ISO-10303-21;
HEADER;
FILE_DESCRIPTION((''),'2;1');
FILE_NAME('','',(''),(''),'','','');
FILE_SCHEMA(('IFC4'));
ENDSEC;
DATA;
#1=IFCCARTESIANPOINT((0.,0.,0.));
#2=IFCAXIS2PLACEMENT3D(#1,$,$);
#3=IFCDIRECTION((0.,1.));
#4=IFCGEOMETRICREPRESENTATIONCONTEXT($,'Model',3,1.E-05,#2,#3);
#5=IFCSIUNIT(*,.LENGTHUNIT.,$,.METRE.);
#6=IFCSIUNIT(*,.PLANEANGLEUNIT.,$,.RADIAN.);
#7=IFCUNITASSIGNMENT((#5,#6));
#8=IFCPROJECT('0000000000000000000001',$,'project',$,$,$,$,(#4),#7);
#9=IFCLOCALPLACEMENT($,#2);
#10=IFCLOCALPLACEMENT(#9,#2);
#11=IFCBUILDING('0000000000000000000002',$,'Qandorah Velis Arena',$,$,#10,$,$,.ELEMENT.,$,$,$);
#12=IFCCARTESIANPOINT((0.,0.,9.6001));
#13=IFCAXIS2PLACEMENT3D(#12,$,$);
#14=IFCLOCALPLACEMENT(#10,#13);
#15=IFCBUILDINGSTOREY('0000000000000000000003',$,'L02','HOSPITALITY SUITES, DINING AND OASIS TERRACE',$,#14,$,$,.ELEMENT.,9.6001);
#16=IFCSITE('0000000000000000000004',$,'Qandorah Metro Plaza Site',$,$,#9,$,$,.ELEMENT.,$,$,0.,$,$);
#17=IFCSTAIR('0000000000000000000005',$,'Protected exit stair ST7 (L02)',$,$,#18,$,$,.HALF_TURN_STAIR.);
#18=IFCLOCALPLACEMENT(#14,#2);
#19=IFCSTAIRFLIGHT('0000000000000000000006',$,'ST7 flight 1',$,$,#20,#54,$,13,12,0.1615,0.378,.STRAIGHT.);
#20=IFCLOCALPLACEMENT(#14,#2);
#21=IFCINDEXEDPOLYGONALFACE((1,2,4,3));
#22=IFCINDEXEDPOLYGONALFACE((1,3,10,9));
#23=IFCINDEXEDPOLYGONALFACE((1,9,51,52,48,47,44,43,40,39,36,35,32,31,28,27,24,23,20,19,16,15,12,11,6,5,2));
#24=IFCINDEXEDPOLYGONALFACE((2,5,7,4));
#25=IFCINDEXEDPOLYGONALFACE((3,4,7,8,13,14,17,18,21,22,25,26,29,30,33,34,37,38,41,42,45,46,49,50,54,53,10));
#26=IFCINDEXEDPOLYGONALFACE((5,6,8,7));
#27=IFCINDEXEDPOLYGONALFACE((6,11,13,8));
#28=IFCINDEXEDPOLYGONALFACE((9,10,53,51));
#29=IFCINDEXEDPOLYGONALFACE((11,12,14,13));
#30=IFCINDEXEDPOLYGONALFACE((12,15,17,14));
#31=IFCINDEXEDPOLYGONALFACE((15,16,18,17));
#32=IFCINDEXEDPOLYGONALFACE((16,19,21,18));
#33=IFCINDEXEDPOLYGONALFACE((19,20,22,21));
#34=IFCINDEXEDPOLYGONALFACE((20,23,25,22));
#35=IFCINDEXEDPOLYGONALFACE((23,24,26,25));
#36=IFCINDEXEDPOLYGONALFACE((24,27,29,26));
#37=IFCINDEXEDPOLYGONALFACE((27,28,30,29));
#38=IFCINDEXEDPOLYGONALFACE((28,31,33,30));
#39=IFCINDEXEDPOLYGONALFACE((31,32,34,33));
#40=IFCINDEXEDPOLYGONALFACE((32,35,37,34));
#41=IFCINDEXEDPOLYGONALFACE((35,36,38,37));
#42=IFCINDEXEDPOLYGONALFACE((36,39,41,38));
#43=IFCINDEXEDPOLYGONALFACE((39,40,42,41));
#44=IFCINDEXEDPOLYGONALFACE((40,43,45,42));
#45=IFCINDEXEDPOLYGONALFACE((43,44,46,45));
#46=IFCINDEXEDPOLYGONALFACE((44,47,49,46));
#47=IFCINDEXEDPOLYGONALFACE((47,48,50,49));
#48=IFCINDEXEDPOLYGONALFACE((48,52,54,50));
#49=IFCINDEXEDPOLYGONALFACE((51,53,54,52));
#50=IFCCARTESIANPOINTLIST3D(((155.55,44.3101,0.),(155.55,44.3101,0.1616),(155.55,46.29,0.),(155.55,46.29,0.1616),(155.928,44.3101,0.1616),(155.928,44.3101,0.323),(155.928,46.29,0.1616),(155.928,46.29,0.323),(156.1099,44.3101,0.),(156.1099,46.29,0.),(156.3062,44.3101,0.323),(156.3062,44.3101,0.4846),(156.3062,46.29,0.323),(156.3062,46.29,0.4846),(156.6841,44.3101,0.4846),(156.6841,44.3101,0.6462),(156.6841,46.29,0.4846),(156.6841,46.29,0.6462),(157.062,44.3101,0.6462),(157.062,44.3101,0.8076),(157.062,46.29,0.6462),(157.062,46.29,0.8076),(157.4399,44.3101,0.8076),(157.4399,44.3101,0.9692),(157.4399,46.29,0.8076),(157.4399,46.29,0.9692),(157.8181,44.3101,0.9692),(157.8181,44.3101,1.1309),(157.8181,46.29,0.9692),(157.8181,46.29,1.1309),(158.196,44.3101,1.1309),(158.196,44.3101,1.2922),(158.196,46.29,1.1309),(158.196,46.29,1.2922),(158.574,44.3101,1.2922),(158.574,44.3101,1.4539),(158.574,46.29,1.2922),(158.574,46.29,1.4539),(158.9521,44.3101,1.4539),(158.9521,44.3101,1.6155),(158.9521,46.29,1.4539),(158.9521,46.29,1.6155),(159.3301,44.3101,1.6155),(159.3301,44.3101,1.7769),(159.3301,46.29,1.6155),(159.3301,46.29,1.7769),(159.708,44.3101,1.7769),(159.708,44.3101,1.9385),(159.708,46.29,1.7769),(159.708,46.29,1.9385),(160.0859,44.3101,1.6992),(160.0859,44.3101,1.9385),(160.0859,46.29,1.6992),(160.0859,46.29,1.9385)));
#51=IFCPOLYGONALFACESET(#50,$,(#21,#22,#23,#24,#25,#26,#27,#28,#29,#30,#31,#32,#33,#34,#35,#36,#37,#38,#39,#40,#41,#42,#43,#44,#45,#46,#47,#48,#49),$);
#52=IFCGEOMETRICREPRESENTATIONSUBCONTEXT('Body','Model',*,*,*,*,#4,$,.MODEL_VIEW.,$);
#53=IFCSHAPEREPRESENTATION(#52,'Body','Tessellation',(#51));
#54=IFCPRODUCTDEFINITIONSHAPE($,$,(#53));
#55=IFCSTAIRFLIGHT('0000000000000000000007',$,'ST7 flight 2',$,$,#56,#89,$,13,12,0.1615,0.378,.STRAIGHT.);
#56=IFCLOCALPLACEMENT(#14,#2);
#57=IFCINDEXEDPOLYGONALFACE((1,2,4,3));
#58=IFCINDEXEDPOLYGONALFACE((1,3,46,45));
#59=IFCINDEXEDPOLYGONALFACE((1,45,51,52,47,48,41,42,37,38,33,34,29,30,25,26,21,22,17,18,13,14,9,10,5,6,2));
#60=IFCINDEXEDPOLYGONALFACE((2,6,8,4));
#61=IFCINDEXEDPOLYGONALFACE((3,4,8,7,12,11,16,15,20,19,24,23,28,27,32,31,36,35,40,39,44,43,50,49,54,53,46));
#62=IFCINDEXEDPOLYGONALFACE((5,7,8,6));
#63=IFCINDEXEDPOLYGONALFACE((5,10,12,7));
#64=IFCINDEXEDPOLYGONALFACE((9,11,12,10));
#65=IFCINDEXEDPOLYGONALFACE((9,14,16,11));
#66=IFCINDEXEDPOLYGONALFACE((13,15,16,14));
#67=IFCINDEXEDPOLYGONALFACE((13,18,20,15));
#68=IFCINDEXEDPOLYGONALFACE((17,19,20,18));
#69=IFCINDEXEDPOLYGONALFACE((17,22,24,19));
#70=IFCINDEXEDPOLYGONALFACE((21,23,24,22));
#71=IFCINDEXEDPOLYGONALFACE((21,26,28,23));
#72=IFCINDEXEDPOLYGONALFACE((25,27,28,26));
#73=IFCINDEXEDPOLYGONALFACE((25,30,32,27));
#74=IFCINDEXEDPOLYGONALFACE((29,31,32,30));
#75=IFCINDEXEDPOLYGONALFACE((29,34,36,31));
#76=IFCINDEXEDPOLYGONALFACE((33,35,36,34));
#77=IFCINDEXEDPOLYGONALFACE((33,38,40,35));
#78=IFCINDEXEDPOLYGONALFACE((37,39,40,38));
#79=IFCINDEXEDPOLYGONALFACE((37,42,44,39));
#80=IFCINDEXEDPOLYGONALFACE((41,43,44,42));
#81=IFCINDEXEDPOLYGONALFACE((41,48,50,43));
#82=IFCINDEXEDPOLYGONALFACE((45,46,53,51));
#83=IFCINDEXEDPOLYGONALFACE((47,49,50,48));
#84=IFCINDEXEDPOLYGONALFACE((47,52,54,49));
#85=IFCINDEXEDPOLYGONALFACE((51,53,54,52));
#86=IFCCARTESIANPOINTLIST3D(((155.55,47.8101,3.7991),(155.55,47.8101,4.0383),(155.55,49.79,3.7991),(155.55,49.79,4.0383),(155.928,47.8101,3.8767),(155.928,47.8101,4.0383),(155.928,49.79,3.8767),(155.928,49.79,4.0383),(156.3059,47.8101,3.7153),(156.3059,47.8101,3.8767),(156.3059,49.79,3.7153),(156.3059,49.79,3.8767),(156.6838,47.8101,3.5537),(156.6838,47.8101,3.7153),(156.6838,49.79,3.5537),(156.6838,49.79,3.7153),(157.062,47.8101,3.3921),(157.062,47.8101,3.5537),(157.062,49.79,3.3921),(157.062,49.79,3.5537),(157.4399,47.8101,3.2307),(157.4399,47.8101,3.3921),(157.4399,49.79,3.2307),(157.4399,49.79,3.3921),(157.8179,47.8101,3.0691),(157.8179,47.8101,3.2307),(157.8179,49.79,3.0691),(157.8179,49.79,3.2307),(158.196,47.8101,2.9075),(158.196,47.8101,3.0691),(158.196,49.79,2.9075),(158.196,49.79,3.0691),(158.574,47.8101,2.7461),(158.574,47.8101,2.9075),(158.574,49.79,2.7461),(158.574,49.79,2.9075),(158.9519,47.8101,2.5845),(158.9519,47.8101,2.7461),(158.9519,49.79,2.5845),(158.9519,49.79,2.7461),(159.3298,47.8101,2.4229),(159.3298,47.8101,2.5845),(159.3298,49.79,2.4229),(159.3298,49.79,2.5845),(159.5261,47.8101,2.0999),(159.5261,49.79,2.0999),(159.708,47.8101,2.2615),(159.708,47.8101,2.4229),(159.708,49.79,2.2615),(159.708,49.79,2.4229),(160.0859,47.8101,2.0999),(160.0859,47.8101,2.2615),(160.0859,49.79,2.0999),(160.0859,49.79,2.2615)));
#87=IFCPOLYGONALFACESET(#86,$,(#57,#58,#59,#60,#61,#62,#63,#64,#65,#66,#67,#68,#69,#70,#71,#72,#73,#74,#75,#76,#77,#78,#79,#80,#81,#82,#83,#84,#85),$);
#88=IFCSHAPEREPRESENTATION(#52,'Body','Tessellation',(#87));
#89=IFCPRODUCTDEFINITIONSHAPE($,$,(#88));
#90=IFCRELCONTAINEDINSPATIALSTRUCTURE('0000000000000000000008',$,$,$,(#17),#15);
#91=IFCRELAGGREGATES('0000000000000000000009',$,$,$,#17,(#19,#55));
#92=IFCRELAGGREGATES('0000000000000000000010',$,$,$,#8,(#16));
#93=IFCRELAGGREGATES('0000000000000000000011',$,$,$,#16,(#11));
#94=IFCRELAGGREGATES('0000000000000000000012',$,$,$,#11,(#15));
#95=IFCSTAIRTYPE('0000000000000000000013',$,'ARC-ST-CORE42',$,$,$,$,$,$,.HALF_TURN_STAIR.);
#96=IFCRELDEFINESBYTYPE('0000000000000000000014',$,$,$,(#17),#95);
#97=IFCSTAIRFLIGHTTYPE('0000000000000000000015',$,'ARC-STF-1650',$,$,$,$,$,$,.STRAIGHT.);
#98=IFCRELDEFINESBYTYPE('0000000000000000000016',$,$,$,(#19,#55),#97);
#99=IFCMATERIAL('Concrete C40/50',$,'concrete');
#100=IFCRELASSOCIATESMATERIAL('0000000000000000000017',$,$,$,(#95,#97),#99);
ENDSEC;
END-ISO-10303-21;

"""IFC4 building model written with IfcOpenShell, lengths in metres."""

from ifc_helpers import new_model, si_unit, direction, frame, origin, place, context, subcontext, project, spatial, polyline, outline, extrude, material, type_object, element, aggregate, save


model = new_model("IFC4")

# Units and contexts
model_context = context("Model", 3, precision=1e-05, world=origin(), true_north=direction((0.0, 1.0)))
body_context = subcontext(model_context, "Body", "Model", "MODEL_VIEW")
ifc_project = project(units=[si_unit("LENGTHUNIT", "METRE"), si_unit("PLANEANGLEUNIT", "RADIAN")], contexts=[model_context])

# Site, building, storey
site_placement = place(None, origin())
site = spatial("IfcSite", under=ifc_project, at=site_placement, Name="Qandorah Metro Plaza Site", CompositionType="ELEMENT", RefElevation=0.0)
building_placement = place(site_placement, origin())
building = spatial("IfcBuilding", under=site, at=building_placement, Name="Qandorah Velis Arena", CompositionType="ELEMENT")
storey_placement = place(building_placement, frame((0.0, 0.0, 9.6001)))
storey = spatial("IfcBuildingStorey", under=building, at=storey_placement, Name="L02", Description="HOSPITALITY SUITES, DINING AND OASIS TERRACE", CompositionType="ELEMENT", Elevation=9.6001)

# Shared definitions
ifc_material_1 = material(Name="Concrete C40/50", Category="concrete")

# Stair, stair flights
stair_type = type_object("IfcStairType", Name="ARC-ST-CORE42", PredefinedType="HALF_TURN_STAIR", material=ifc_material_1)
stair_placement = place(storey_placement, origin())
stair = element("IfcStair", 1, at=stair_placement, inside=storey, type_object=stair_type, Name="Protected exit stair ST7 (L02)", PredefinedType="HALF_TURN_STAIR")
stair_flight_type = type_object("IfcStairFlightType", Name="ARC-STF-1650", PredefinedType="STRAIGHT", material=ifc_material_1)
stair_flight_1_placement = place(storey_placement, frame((155.55, 45.3, 0.0), z_axis=(0.0, 0.0, 1.0), x_axis=(1.0, 0.0, 0.0)))
stair_flight_1 = element("IfcStairFlight", 2, at=stair_flight_1_placement, type_object=stair_flight_type, Name="ST7 flight 1", NumberOfRisers=13, NumberOfTreads=12, PredefinedType="STRAIGHT", RiserHeight=0.1615, TreadLength=0.378, context=body_context, shape_type="SweptSolid", body=[
    extrude(outline(polyline([(0.0, 0.0), (0.0, 0.1616), (0.3779, 0.1616), (0.3779, 0.323), (0.7561, 0.323), (0.7561, 0.4846), (1.134, 0.4846), (1.134, 0.6462), (1.512, 0.6462), (1.512, 0.8076), (1.8899, 0.8076), (1.8899, 0.9692), (2.2681, 0.9692), (2.2681, 1.1309), (2.646, 1.1309), (2.646, 1.2922), (3.0239, 1.2922), (3.0239, 1.4539), (3.4021, 1.4539), (3.4021, 1.6155), (3.78, 1.6155), (3.78, 1.7769), (4.158, 1.7769), (4.158, 1.9385), (4.5359, 1.9385), (4.5359, 2.1001), (4.5359, 1.6992), (0.5598, 0.0), (0.0, 0.0)])), frame((0.0, 0.99, 0.0), z_axis=(0.0, -1.0, 0.0), x_axis=(1.0, 0.0, 0.0)), (0.0, 0.0, 1.0), 1.98),
])
stair_flight_2_placement = place(storey_placement, frame((160.0859, 48.8, 2.0999), z_axis=(0.0, 0.0, 1.0), x_axis=(-1.0, 0.0, 0.0)))
stair_flight_2 = element("IfcStairFlight", 3, at=stair_flight_2_placement, type_object=stair_flight_type, Name="ST7 flight 2", NumberOfRisers=13, NumberOfTreads=12, PredefinedType="STRAIGHT", RiserHeight=0.1615, TreadLength=0.378, context=body_context, shape_type="SweptSolid", body=[
    extrude(outline(polyline([(0.0, 0.0), (0.0, 0.1616), (0.3779, 0.1616), (0.3779, 0.323), (0.7561, 0.323), (0.7561, 0.4846), (1.134, 0.4846), (1.134, 0.6462), (1.512, 0.6462), (1.512, 0.8076), (1.8899, 0.8076), (1.8899, 0.9692), (2.2681, 0.9692), (2.2681, 1.1309), (2.646, 1.1309), (2.646, 1.2922), (3.0239, 1.2922), (3.0239, 1.4539), (3.4021, 1.4539), (3.4021, 1.6155), (3.78, 1.6155), (3.78, 1.7769), (4.158, 1.7769), (4.158, 1.9385), (4.5359, 1.9385), (4.5359, 2.1001), (4.5359, 1.6992), (0.5598, 0.0), (0.0, 0.0)])), frame((0.0, 0.99, 0.0), z_axis=(0.0, -1.0, 0.0), x_axis=(1.0, 0.0, 0.0)), (0.0, 0.0, 1.0), 1.98),
])
aggregate(stair, [stair_flight_1, stair_flight_2])

save(model, "model.ifc")
